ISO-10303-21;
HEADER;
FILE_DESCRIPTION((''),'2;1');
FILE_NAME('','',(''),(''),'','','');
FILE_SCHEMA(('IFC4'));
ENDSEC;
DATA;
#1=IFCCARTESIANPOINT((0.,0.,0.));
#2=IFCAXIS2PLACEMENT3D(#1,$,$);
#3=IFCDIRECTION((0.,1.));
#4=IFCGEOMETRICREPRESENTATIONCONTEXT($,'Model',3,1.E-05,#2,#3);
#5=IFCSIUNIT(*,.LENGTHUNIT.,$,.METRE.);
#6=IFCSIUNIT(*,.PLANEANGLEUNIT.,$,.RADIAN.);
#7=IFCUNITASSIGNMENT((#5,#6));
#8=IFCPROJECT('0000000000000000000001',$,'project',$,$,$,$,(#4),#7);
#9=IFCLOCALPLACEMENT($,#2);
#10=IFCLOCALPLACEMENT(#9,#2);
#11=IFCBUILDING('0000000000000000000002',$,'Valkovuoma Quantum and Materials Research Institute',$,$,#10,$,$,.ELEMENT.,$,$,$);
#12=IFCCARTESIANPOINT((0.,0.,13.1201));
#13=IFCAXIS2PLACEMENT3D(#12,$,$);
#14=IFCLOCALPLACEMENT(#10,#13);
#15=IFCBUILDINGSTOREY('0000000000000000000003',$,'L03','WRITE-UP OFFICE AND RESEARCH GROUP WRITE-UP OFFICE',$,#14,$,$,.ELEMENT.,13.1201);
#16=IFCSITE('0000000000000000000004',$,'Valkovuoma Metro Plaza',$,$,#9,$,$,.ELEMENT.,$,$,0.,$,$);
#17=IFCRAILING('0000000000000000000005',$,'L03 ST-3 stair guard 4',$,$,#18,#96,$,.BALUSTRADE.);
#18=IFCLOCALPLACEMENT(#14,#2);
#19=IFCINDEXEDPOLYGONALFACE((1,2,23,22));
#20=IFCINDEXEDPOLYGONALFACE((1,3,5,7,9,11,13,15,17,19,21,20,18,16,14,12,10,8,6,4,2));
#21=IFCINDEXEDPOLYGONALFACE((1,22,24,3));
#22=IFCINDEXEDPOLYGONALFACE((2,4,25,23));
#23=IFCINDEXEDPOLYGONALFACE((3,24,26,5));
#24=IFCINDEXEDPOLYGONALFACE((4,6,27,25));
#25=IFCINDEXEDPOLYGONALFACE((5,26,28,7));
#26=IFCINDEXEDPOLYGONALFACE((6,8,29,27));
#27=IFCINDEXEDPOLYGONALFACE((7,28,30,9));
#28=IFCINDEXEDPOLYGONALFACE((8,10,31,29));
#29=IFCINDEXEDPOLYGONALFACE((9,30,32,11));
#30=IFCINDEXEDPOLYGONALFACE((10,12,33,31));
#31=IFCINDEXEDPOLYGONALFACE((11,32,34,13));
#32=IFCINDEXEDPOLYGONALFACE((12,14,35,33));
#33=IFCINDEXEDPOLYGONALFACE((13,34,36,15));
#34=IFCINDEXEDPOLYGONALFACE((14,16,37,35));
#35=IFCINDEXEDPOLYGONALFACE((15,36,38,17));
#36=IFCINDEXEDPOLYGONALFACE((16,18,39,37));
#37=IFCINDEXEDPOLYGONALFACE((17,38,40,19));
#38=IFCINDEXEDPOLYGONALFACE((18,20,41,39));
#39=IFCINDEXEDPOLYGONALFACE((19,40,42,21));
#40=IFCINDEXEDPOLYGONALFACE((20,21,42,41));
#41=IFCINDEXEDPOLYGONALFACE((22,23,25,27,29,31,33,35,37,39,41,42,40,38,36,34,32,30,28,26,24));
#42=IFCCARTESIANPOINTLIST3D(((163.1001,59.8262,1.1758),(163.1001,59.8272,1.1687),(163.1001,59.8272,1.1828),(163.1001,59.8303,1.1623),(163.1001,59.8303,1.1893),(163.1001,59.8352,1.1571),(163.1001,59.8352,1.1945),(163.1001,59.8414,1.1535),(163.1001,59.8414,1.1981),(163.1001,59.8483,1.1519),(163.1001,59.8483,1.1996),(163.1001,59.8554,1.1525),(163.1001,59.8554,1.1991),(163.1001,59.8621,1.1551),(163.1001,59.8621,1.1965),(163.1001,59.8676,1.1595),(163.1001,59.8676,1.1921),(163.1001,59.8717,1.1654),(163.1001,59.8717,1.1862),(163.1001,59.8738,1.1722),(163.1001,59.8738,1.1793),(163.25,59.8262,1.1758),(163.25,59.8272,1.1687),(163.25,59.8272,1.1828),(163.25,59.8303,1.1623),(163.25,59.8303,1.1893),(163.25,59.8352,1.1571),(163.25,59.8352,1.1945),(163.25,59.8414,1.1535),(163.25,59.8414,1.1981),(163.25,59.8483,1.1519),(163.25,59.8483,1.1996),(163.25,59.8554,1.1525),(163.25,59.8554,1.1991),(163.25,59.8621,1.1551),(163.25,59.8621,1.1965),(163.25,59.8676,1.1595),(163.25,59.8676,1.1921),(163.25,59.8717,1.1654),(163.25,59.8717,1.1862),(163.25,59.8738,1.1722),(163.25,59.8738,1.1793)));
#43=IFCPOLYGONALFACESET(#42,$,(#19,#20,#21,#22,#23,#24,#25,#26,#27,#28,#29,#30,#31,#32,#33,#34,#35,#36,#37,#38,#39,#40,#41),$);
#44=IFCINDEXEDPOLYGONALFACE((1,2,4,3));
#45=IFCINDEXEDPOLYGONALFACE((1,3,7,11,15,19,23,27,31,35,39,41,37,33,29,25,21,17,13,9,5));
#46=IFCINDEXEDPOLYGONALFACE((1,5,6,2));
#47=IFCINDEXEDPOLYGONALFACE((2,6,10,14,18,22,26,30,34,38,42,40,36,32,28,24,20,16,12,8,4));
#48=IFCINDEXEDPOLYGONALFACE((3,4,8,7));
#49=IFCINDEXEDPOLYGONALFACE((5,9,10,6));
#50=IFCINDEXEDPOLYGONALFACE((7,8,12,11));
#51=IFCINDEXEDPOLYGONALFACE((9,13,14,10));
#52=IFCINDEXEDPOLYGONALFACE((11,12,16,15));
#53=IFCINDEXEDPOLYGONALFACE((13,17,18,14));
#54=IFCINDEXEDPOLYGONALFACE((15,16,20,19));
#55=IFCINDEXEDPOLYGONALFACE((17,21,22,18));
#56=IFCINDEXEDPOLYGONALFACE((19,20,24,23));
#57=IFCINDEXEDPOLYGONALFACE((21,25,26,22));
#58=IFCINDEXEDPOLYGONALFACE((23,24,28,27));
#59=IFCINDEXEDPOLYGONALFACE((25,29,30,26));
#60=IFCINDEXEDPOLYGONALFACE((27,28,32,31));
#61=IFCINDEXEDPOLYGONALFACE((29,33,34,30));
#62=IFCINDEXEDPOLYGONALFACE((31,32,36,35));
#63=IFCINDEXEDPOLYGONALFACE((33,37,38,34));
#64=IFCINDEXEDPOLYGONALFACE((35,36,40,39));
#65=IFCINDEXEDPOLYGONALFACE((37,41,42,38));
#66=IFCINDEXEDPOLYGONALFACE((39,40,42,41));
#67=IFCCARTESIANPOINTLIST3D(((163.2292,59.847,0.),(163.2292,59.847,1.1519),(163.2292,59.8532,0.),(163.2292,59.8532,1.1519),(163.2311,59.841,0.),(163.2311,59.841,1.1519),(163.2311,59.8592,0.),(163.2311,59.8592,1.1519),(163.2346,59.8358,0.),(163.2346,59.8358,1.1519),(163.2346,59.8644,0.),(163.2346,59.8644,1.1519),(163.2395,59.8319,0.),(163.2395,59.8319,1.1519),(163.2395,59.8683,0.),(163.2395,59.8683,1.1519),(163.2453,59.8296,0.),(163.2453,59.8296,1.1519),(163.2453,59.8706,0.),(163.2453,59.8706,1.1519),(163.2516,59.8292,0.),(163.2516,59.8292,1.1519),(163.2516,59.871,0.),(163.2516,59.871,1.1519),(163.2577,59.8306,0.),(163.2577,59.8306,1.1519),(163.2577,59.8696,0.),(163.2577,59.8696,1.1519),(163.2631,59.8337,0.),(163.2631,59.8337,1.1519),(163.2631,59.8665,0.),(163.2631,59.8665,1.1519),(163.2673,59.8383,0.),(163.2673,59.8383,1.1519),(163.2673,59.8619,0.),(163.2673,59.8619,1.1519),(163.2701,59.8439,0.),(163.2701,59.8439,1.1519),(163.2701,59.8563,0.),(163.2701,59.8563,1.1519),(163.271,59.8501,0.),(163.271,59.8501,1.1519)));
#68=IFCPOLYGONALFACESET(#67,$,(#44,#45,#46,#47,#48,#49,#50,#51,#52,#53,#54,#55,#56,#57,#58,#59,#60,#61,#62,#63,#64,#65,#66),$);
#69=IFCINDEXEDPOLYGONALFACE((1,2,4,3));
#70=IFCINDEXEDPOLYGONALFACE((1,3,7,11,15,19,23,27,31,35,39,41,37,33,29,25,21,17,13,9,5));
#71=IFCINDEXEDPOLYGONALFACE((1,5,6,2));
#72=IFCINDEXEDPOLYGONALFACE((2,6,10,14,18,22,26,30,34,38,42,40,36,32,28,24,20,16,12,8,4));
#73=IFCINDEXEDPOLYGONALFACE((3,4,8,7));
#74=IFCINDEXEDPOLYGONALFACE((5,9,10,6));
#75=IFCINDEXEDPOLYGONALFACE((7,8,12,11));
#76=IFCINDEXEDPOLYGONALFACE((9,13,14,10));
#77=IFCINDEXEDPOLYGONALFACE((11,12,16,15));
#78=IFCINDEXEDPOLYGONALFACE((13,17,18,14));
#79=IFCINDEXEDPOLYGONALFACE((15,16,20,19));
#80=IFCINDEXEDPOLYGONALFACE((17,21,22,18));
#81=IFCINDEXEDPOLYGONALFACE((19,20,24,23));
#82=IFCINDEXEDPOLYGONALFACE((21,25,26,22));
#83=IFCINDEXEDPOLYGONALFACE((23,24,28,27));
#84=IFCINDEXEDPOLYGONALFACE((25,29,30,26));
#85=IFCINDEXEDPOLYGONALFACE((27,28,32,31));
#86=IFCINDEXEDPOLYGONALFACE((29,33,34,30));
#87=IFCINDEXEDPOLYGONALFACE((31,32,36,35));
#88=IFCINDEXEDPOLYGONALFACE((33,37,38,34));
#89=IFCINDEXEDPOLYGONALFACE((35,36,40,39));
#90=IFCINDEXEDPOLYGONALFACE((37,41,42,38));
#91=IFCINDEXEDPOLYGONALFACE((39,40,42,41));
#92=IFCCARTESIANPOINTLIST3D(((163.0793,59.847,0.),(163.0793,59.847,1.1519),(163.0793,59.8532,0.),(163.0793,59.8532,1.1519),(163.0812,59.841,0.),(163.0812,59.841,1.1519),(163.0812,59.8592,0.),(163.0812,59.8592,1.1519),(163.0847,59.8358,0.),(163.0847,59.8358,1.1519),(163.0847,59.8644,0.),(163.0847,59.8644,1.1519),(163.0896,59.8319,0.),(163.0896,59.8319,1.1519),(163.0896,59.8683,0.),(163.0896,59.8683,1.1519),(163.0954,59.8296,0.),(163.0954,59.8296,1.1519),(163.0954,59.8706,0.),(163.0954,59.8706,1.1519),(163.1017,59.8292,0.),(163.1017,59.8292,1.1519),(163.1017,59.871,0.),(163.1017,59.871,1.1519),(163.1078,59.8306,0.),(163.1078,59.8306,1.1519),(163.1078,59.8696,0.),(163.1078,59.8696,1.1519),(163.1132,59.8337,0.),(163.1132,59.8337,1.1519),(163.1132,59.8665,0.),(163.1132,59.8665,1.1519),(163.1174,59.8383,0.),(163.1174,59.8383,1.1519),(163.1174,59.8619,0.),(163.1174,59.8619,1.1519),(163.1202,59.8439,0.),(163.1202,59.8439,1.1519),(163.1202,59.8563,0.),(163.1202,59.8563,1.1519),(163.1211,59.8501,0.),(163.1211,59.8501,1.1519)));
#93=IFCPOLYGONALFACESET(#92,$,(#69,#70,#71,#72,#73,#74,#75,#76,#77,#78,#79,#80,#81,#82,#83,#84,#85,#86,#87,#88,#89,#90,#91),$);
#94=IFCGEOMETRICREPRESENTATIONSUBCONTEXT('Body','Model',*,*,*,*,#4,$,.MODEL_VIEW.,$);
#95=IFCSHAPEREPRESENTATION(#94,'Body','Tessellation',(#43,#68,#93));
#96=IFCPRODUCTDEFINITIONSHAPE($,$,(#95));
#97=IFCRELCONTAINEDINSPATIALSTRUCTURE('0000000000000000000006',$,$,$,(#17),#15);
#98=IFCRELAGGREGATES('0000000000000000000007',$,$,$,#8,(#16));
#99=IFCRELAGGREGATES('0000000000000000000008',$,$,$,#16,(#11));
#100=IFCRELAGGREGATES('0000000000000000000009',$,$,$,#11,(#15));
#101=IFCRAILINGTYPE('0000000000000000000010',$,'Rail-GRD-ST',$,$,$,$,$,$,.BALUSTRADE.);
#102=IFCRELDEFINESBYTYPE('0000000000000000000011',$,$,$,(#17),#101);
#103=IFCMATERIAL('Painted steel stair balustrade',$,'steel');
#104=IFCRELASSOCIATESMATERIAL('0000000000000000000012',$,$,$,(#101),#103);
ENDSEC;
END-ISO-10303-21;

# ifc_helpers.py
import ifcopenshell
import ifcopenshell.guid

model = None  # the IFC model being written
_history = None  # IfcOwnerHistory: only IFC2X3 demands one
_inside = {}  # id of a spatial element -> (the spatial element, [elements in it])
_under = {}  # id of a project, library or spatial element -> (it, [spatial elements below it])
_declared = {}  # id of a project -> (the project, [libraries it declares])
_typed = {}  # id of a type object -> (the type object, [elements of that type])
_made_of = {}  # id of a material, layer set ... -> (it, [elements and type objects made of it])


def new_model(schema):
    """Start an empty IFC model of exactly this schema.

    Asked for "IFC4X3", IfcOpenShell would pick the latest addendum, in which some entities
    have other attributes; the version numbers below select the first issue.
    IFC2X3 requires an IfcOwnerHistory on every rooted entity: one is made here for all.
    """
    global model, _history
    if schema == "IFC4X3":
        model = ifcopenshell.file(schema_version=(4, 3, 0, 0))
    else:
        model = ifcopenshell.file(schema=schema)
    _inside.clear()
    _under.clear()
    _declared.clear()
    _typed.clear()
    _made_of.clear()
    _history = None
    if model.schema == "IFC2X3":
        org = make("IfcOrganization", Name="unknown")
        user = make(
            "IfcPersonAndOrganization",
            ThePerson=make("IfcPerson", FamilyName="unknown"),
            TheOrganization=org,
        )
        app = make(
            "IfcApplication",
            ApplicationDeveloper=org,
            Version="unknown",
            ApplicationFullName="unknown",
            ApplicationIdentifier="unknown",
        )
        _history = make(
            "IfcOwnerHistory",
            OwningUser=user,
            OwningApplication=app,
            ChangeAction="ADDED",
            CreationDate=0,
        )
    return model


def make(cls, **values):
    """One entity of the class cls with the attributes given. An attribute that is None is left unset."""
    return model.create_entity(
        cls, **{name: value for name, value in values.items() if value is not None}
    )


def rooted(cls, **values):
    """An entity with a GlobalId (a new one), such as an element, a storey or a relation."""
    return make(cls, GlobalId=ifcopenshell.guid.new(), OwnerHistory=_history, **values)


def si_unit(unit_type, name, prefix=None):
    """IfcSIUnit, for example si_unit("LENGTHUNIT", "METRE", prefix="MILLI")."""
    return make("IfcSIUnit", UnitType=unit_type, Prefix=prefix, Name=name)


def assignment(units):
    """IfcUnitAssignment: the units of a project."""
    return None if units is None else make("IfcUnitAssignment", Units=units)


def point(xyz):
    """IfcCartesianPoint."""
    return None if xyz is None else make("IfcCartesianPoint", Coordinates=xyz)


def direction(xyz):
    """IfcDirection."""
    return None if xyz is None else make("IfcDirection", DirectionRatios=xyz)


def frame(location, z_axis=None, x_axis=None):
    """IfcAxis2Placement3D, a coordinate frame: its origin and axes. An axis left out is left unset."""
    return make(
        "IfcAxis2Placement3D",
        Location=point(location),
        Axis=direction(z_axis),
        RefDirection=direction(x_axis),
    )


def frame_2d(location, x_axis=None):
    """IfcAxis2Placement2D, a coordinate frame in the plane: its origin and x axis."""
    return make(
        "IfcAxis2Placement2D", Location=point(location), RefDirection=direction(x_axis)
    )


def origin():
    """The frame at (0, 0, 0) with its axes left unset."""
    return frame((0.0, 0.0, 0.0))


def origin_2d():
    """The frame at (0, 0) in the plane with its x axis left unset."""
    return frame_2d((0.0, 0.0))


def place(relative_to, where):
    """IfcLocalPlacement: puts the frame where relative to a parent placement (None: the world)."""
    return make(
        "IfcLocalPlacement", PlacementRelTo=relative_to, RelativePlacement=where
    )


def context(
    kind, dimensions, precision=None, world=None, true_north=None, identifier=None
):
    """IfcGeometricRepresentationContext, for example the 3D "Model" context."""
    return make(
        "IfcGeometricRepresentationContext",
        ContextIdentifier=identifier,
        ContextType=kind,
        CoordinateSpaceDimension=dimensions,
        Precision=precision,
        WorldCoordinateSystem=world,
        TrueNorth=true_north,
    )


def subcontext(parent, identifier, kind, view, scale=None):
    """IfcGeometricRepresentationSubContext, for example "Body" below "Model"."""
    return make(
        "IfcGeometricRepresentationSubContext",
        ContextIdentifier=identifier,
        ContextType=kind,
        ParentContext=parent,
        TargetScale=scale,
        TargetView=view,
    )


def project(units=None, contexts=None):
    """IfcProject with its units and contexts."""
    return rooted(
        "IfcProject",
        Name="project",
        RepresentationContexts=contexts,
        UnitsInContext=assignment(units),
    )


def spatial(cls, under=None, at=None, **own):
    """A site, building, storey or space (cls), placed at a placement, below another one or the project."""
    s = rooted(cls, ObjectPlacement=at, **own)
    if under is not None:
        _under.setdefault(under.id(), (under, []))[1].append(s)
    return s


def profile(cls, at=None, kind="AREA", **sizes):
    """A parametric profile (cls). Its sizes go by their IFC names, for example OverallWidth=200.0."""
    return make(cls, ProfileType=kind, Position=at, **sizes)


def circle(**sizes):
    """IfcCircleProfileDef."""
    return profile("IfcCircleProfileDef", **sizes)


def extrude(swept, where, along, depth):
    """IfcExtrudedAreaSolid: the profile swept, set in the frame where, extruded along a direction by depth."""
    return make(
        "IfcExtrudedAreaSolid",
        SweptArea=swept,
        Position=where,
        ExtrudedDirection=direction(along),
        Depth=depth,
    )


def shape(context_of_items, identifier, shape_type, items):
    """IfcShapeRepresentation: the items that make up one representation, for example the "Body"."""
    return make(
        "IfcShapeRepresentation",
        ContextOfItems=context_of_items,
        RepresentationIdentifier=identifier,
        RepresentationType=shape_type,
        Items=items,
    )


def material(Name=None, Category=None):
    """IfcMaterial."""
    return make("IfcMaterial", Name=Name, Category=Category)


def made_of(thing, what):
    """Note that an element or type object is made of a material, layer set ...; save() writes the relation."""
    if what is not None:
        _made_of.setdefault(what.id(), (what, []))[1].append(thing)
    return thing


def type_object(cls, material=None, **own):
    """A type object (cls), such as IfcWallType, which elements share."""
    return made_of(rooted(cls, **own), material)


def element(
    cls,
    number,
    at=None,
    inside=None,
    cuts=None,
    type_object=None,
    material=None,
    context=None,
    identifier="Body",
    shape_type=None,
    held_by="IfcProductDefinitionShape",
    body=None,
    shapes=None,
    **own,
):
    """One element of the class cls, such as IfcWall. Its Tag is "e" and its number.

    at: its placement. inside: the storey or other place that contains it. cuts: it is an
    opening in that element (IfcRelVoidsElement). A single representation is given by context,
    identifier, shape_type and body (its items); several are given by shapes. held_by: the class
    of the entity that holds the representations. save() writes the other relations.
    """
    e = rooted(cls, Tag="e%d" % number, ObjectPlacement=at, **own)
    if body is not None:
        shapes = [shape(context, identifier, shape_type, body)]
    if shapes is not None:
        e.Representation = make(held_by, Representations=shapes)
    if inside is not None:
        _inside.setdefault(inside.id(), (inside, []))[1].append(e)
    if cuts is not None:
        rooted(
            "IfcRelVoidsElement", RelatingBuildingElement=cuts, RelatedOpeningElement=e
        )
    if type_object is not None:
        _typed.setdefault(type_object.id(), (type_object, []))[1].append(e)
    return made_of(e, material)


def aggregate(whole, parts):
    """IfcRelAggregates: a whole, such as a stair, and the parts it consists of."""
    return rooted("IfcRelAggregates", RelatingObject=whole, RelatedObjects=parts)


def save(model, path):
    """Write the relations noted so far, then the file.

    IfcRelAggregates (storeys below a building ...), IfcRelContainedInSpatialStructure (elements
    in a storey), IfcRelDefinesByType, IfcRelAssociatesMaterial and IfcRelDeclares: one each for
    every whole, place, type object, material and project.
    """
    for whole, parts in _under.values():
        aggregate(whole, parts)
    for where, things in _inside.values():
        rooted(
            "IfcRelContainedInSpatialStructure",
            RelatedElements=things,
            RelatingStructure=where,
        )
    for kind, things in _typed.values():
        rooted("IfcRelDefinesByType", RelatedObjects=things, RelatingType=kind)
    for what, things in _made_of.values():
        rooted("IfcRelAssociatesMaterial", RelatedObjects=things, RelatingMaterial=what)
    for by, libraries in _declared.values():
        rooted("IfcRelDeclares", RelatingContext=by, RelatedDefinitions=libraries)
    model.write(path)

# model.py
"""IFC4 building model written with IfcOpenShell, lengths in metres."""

from ifc_helpers import new_model, si_unit, direction, frame, origin, origin_2d, place, context, subcontext, project, spatial, circle, extrude, material, type_object, element, save


model = new_model("IFC4")

# Units and contexts
model_context = context("Model", 3, precision=1e-05, world=origin(), true_north=direction((0.0, 1.0)))
body_context = subcontext(model_context, "Body", "Model", "MODEL_VIEW")
ifc_project = project(units=[si_unit("LENGTHUNIT", "METRE"), si_unit("PLANEANGLEUNIT", "RADIAN")], contexts=[model_context])

# Site, building, storey
site_placement = place(None, origin())
site = spatial("IfcSite", under=ifc_project, at=site_placement, Name="Valkovuoma Metro Plaza", CompositionType="ELEMENT", RefElevation=0.0)
building_placement = place(site_placement, origin())
building = spatial("IfcBuilding", under=site, at=building_placement, Name="Valkovuoma Quantum and Materials Research Institute", CompositionType="ELEMENT")
storey_placement = place(building_placement, frame((0.0, 0.0, 13.1201)))
storey = spatial("IfcBuildingStorey", under=building, at=storey_placement, Name="L03", Description="WRITE-UP OFFICE AND RESEARCH GROUP WRITE-UP OFFICE", CompositionType="ELEMENT", Elevation=13.1201)

# Railing
ifc_material_1 = material(Name="Painted steel stair balustrade", Category="steel")
railing_type_1 = type_object("IfcRailingType", Name="Rail-GRD-ST", PredefinedType="BALUSTRADE", material=ifc_material_1)
railing_1_placement = place(storey_placement, frame((163.25, 59.8501, 0.0)))
element("IfcRailing", 1, at=railing_1_placement, inside=storey, type_object=railing_type_1, Name="L03 ST-3 stair guard 4", PredefinedType="BALUSTRADE", context=body_context, shape_type="SweptSolid", body=[
    extrude(circle(Radius=0.0239, at=origin_2d()), frame((0.0, 0.0, 1.1758), z_axis=(-1.0, 0.0, 0.0), x_axis=(0.0, -1.0, 0.0)), (0.0, 0.0, 1.0), 0.1499),
    extrude(circle(Radius=0.021, at=origin_2d()), origin(), (0.0, 0.0, 1.0), 1.1519),
    extrude(circle(Radius=0.021, at=origin_2d()), frame((-0.1499, 0.0, 0.0)), (0.0, 0.0, 1.0), 1.1519),
])

save(model, "model.ifc")
